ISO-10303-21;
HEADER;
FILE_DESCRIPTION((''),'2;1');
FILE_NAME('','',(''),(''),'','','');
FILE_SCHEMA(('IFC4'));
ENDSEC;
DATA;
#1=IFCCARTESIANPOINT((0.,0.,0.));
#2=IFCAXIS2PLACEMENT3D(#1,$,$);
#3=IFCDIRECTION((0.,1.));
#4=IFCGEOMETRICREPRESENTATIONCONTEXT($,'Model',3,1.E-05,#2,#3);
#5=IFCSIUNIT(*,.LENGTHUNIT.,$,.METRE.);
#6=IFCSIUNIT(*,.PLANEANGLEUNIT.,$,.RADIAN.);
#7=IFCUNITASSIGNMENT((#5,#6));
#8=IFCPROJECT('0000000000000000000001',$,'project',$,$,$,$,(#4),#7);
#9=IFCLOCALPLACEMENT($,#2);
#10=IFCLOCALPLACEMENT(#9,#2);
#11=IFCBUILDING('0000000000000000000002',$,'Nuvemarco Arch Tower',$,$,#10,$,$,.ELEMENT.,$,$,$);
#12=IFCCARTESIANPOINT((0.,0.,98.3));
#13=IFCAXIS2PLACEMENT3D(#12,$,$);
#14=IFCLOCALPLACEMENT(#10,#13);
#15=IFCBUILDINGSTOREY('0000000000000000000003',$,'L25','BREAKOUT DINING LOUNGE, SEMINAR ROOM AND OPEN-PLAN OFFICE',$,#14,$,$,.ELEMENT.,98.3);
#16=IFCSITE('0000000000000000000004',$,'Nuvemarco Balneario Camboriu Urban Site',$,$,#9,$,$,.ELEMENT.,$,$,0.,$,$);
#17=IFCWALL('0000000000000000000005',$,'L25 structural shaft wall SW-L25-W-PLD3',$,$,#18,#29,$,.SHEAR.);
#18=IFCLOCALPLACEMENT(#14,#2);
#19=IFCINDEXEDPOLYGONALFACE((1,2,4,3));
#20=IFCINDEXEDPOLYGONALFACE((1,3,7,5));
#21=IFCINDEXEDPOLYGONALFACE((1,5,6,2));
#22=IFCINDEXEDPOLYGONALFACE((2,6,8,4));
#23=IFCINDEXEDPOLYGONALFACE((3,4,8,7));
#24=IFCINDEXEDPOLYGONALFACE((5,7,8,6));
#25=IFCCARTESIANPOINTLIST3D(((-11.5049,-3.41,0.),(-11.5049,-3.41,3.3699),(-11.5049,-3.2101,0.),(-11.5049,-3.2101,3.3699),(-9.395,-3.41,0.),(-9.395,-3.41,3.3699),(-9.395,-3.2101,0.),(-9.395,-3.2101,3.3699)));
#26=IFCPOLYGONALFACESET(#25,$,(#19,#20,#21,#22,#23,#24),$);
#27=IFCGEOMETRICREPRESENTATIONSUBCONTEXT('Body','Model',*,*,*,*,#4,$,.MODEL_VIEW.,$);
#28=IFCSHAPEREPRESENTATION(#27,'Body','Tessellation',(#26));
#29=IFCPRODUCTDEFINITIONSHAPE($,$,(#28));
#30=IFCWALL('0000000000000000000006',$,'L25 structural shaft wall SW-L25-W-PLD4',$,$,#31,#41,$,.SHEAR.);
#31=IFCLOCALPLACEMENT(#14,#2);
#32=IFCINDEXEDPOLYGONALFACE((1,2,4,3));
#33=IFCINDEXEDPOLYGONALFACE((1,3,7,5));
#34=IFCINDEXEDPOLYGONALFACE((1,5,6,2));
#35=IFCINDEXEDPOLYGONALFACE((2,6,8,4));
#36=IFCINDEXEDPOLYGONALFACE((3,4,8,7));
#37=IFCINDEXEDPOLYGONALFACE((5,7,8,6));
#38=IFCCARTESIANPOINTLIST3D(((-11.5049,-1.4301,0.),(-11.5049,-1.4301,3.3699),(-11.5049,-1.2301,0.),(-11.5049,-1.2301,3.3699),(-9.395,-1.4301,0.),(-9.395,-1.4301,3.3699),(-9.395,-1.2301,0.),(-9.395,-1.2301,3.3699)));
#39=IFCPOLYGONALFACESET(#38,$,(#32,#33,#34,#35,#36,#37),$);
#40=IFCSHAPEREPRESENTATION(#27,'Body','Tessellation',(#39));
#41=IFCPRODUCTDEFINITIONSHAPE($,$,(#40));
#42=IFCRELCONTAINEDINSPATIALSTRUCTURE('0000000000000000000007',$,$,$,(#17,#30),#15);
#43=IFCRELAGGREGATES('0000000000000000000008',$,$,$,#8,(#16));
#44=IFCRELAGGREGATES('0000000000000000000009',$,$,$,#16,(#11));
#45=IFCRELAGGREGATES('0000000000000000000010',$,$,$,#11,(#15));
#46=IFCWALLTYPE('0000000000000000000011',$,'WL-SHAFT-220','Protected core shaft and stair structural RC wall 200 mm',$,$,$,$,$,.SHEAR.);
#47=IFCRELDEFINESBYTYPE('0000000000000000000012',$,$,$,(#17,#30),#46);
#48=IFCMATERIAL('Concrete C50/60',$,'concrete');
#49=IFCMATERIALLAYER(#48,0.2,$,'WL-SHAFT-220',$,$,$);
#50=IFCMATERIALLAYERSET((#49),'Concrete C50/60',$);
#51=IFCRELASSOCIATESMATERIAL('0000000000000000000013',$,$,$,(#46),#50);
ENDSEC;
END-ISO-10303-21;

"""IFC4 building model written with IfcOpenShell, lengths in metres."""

from ifc_helpers import new_model, si_unit, direction, frame, frame_2d, origin, place, context, subcontext, project, spatial, rectangle, extrude, material, layer, layer_set, type_object, element, save


model = new_model("IFC4")

# Units and contexts
model_context = context("Model", 3, precision=1e-05, world=origin(), true_north=direction((0.0, 1.0)))
body_context = subcontext(model_context, "Body", "Model", "MODEL_VIEW")
ifc_project = project(units=[si_unit("LENGTHUNIT", "METRE"), si_unit("PLANEANGLEUNIT", "RADIAN")], contexts=[model_context])

# Site, building, storey
site_placement = place(None, origin())
site = spatial("IfcSite", under=ifc_project, at=site_placement, Name="Nuvemarco Balneario Camboriu Urban Site", CompositionType="ELEMENT", RefElevation=0.0)
building_placement = place(site_placement, origin())
building = spatial("IfcBuilding", under=site, at=building_placement, Name="Nuvemarco Arch Tower", CompositionType="ELEMENT")
storey_placement = place(building_placement, frame((0.0, 0.0, 98.3)))
storey = spatial("IfcBuildingStorey", under=building, at=storey_placement, Name="L25", Description="BREAKOUT DINING LOUNGE, SEMINAR ROOM AND OPEN-PLAN OFFICE", CompositionType="ELEMENT", Elevation=98.3)

# Shared definitions
ifc_material_1 = material(Name="Concrete C50/60", Category="concrete")
ifc_layer_1 = layer(ifc_material_1, 0.2, Name="WL-SHAFT-220")
ifc_layer_set_1 = layer_set([ifc_layer_1], Name="Concrete C50/60")
wall_type_1 = type_object("IfcWallType", Name="WL-SHAFT-220", Description="Protected core shaft and stair structural RC wall 200 mm", PredefinedType="SHEAR", material=ifc_layer_set_1)

# Walls
for number, where, z_axis, x_axis, name in (
    (1, (-11.5049, -3.3101, 0.0), (0.0, 0.0, 1.0), (1.0, 0.0, 0.0), "L25 structural shaft wall SW-L25-W-PLD3"),
    (2, (-11.5049, -1.3301, 0.0), (0.0, 0.0, 1.0), (1.0, 0.0, 0.0), "L25 structural shaft wall SW-L25-W-PLD4"),
):
    element("IfcWall", number, at=place(storey_placement, frame(where, z_axis=z_axis, x_axis=x_axis)), inside=storey, type_object=wall_type_1, Name=name, PredefinedType="SHEAR", context=body_context, shape_type="SweptSolid", body=[
        extrude(rectangle(XDim=2.1099, YDim=0.2, at=frame_2d((1.0549, 0.0))), origin(), (0.0, 0.0, 1.0), 3.3699),
    ])

save(model, "model.ifc")
